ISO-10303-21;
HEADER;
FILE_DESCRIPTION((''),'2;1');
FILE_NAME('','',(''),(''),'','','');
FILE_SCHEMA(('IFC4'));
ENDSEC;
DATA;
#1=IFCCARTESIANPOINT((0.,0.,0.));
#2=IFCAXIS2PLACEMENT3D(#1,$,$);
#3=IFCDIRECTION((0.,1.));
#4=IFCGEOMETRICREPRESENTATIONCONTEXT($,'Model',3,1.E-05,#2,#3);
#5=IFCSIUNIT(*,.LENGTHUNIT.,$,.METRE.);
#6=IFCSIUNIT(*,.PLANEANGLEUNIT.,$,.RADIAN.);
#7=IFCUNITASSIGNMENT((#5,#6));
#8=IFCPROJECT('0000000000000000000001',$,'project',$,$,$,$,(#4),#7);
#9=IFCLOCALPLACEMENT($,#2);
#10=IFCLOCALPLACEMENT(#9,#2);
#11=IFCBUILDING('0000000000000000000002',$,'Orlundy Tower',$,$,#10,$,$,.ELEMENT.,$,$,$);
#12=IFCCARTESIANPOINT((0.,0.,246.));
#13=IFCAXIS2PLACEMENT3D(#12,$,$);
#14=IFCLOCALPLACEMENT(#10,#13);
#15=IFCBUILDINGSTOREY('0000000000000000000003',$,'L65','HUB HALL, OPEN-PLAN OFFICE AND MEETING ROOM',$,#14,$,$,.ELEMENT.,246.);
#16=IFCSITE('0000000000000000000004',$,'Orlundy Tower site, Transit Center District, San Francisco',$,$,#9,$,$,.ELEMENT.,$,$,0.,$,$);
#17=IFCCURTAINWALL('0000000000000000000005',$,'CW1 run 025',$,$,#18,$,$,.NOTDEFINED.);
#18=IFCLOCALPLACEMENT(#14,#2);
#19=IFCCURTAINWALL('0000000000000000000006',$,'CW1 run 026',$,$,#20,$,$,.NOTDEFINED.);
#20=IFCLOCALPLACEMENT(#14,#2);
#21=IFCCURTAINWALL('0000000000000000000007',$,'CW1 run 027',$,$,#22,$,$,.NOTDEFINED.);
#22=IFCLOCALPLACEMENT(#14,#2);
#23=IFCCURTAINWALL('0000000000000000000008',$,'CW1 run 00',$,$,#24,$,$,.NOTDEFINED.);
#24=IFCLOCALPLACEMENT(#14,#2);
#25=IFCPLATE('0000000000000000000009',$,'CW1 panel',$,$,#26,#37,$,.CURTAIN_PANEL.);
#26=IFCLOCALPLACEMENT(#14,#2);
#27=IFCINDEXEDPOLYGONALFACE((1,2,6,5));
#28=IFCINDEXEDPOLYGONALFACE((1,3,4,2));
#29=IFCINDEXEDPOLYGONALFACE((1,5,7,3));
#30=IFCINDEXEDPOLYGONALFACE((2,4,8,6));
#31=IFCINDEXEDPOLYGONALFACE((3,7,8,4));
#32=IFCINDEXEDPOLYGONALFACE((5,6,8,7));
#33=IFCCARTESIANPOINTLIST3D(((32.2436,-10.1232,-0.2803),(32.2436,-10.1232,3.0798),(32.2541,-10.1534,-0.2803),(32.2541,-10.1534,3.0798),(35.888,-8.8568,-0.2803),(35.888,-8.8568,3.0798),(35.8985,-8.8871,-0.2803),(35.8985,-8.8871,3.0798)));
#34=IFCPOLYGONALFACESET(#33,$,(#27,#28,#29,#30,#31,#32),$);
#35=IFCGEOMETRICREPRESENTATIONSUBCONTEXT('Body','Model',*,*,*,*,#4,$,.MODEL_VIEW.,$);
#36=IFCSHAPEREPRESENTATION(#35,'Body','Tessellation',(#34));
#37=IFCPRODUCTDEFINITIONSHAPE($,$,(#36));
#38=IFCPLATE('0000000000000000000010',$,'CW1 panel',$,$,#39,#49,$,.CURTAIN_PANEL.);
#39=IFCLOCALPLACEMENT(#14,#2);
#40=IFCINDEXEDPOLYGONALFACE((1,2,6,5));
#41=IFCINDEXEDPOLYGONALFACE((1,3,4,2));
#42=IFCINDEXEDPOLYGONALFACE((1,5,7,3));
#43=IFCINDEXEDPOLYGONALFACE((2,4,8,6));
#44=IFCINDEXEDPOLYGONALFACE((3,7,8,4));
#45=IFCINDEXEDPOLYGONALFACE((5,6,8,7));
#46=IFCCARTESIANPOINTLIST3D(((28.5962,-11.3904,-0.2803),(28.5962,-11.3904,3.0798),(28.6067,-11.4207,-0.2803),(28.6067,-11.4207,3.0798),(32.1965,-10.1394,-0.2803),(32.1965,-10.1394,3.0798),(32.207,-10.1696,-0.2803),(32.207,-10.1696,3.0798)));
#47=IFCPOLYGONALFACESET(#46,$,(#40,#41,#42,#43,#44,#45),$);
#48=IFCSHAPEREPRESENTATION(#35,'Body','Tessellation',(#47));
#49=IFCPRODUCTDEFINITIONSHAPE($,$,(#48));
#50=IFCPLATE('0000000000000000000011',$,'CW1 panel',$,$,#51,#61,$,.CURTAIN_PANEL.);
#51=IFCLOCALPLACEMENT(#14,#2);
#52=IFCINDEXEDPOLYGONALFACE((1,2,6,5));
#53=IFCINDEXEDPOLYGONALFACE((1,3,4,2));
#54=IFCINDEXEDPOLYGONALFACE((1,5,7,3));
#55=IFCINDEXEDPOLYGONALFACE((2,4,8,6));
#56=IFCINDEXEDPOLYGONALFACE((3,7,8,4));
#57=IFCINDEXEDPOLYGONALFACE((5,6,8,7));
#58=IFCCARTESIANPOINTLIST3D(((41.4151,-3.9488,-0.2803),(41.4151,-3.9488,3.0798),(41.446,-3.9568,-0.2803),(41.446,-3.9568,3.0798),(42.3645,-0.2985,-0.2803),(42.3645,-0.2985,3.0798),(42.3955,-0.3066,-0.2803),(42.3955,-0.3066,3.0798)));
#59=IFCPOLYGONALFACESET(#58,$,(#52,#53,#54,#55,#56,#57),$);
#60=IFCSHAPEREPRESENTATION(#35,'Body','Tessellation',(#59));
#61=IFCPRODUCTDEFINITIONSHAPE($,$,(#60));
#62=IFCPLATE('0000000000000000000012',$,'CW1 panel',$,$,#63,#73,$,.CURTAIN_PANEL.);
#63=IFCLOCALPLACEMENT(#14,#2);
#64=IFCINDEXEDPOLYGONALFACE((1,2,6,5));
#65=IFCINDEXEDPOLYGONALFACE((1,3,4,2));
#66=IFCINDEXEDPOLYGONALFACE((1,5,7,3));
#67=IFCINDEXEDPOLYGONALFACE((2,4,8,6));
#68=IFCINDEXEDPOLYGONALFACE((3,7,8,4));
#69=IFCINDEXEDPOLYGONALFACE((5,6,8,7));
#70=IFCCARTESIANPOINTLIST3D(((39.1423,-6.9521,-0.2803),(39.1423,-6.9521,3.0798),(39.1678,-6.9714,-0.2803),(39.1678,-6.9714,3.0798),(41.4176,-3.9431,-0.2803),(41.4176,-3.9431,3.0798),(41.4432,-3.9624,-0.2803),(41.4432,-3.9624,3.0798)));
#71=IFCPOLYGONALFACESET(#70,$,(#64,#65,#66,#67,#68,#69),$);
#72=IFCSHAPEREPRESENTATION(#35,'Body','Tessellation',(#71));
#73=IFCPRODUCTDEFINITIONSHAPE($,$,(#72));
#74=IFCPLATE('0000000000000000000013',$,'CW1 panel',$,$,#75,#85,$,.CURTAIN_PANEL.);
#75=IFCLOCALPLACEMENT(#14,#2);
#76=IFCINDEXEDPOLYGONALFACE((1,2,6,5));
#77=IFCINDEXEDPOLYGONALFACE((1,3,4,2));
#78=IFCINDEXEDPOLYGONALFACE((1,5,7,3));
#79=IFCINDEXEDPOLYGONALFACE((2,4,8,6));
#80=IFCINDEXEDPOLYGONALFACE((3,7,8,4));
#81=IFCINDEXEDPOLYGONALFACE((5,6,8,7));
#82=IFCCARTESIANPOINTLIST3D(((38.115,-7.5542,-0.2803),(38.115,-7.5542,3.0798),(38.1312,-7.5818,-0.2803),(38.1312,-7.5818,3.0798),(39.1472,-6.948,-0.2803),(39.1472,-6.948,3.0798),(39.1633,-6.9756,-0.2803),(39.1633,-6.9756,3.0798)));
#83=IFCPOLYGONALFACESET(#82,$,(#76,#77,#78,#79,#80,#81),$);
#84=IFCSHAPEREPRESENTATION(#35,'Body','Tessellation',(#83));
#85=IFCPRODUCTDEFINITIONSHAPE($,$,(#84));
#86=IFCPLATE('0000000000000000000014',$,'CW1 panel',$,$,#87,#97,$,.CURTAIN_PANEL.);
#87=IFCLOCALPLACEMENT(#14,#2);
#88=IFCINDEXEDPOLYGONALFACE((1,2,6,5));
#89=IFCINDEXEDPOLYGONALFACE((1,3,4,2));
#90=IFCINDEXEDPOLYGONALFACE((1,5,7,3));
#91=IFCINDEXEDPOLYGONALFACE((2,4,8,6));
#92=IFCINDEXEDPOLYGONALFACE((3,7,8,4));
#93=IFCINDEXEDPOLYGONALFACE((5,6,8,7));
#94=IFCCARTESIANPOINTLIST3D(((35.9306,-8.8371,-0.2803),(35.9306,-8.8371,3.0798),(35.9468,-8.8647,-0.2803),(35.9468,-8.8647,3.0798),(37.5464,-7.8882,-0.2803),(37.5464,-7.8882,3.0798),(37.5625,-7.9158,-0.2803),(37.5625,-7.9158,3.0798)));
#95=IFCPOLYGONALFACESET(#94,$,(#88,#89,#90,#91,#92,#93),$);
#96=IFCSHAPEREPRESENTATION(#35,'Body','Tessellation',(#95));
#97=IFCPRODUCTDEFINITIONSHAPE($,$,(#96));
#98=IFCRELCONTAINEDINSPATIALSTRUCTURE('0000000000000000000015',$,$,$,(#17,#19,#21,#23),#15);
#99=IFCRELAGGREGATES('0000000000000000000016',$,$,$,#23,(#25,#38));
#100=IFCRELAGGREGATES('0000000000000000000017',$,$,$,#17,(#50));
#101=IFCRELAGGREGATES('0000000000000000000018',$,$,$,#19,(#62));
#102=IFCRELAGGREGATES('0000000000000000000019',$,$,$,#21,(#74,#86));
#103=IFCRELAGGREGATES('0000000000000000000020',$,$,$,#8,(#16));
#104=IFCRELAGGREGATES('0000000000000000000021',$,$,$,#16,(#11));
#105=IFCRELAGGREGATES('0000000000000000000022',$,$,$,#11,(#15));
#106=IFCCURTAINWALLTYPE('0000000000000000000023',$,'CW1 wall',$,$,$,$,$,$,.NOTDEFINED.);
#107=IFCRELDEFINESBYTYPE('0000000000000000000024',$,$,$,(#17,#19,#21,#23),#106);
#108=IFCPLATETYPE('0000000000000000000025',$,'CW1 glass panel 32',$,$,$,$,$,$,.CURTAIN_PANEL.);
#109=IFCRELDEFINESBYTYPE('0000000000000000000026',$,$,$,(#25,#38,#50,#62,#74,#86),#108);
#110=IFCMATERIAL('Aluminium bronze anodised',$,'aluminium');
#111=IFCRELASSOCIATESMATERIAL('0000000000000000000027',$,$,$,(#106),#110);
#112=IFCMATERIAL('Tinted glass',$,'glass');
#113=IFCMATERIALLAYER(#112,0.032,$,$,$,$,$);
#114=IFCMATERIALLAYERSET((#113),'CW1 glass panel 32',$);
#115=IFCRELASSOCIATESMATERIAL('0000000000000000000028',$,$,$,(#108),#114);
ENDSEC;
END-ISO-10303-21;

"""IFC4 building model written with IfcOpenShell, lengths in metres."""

from ifc_helpers import new_model, si_unit, direction, frame, origin, origin_2d, place, context, subcontext, project, spatial, rectangle, extrude, material, layer, layer_set, type_object, element, aggregate, save


model = new_model("IFC4")

# Units and contexts
model_context = context("Model", 3, precision=1e-05, world=origin(), true_north=direction((0.0, 1.0)))
body_context = subcontext(model_context, "Body", "Model", "MODEL_VIEW")
ifc_project = project(units=[si_unit("LENGTHUNIT", "METRE"), si_unit("PLANEANGLEUNIT", "RADIAN")], contexts=[model_context])

# Site, building, storey
site_placement = place(None, origin())
site = spatial("IfcSite", under=ifc_project, at=site_placement, Name="Orlundy Tower site, Transit Center District, San Francisco", CompositionType="ELEMENT", RefElevation=0.0)
building_placement = place(site_placement, origin())
building = spatial("IfcBuilding", under=site, at=building_placement, Name="Orlundy Tower", CompositionType="ELEMENT")
storey_placement = place(building_placement, frame((0.0, 0.0, 246.0)))
storey = spatial("IfcBuildingStorey", under=building, at=storey_placement, Name="L65", Description="HUB HALL, OPEN-PLAN OFFICE AND MEETING ROOM", CompositionType="ELEMENT", Elevation=246.0)

# Curtain walls
ifc_material_1 = material(Name="Aluminium bronze anodised", Category="aluminium")
curtain_wall_type = type_object("IfcCurtainWallType", Name="CW1 wall", PredefinedType="NOTDEFINED", material=ifc_material_1)
curtain_wall_1_placement = place(storey_placement, origin())
curtain_wall_1 = element("IfcCurtainWall", 1, at=curtain_wall_1_placement, inside=storey, type_object=curtain_wall_type, Name="CW1 run 025", PredefinedType="NOTDEFINED")
curtain_wall_2_placement = place(storey_placement, origin())
curtain_wall_2 = element("IfcCurtainWall", 2, at=curtain_wall_2_placement, inside=storey, type_object=curtain_wall_type, Name="CW1 run 026", PredefinedType="NOTDEFINED")
curtain_wall_3_placement = place(storey_placement, origin())
curtain_wall_3 = element("IfcCurtainWall", 3, at=curtain_wall_3_placement, inside=storey, type_object=curtain_wall_type, Name="CW1 run 027", PredefinedType="NOTDEFINED")

# Curtain wall
curtain_wall_4_placement = place(storey_placement, origin())
curtain_wall_4 = element("IfcCurtainWall", 4, at=curtain_wall_4_placement, inside=storey, type_object=curtain_wall_type, Name="CW1 run 00", PredefinedType="NOTDEFINED")

# Plates
ifc_material_2 = material(Name="Tinted glass", Category="glass")
ifc_layer = layer(ifc_material_2, 0.032)
ifc_layer_set = layer_set([ifc_layer], Name="CW1 glass panel 32")
plate_type = type_object("IfcPlateType", Name="CW1 glass panel 32", PredefinedType="CURTAIN_PANEL", material=ifc_layer_set)
plate_1_placement = place(storey_placement, frame((34.071, -9.5051, -0.2803), z_axis=(0.0, 0.0, 1.0), x_axis=(-0.944599, -0.328227, 0.0)))
plate_1 = element("IfcPlate", 5, at=plate_1_placement, type_object=plate_type, Name="CW1 panel", PredefinedType="CURTAIN_PANEL", context=body_context, shape_type="SweptSolid", body=[
    extrude(rectangle(XDim=3.8582, YDim=0.032, at=origin_2d()), origin(), (0.0, 0.0, 1.0), 3.3601),
])
plate_2_placement = place(storey_placement, frame((30.4016, -10.78, -0.2803), z_axis=(0.0, 0.0, 1.0), x_axis=(-0.944599, -0.328227, 0.0)))
plate_2 = element("IfcPlate", 6, at=plate_2_placement, type_object=plate_type, Name="CW1 panel", PredefinedType="CURTAIN_PANEL", context=body_context, shape_type="SweptSolid", body=[
    extrude(rectangle(XDim=3.8115, YDim=0.032, at=origin_2d()), origin(), (0.0, 0.0, 1.0), 3.3601),
])
aggregate(curtain_wall_4, [plate_1, plate_2])
plate_3_placement = place(storey_placement, frame((41.9053, -2.1277, -0.2803), z_axis=(0.0, 0.0, 1.0), x_axis=(-0.25173, -0.967798, 0.0)))
plate_3 = element("IfcPlate", 7, at=plate_3_placement, type_object=plate_type, Name="CW1 panel", PredefinedType="CURTAIN_PANEL", context=body_context, shape_type="SweptSolid", body=[
    extrude(rectangle(XDim=3.7717, YDim=0.032, at=origin_2d()), origin(), (0.0, 0.0, 1.0), 3.3601),
])
aggregate(curtain_wall_1, [plate_3])
plate_4_placement = place(storey_placement, frame((40.2927, -5.4573, -0.2803), z_axis=(0.0, 0.0, 1.0), x_axis=(-0.603146, -0.797631, 0.0)))
plate_4 = element("IfcPlate", 8, at=plate_4_placement, type_object=plate_type, Name="CW1 panel", PredefinedType="CURTAIN_PANEL", context=body_context, shape_type="SweptSolid", body=[
    extrude(rectangle(XDim=3.7725, YDim=0.032, at=origin_2d()), origin(), (0.0, 0.0, 1.0), 3.3601),
])
aggregate(curtain_wall_2, [plate_4])
plate_5_placement = place(storey_placement, frame((38.6392, -7.2649, -0.2803), z_axis=(0.0, 0.0, 1.0), x_axis=(-0.862288, -0.506419, 0.0)))
plate_5 = element("IfcPlate", 9, at=plate_5_placement, type_object=plate_type, Name="CW1 panel", PredefinedType="CURTAIN_PANEL", context=body_context, shape_type="SweptSolid", body=[
    extrude(rectangle(XDim=1.197, YDim=0.032, at=origin_2d()), origin(), (0.0, 0.0, 1.0), 3.3601),
])
plate_6_placement = place(storey_placement, frame((36.7466, -8.3765, -0.2803), z_axis=(0.0, 0.0, 1.0), x_axis=(-0.862288, -0.506419, 0.0)))
plate_6 = element("IfcPlate", 10, at=plate_6_placement, type_object=plate_type, Name="CW1 panel", PredefinedType="CURTAIN_PANEL", context=body_context, shape_type="SweptSolid", body=[
    extrude(rectangle(XDim=1.8738, YDim=0.032, at=origin_2d()), origin(), (0.0, 0.0, 1.0), 3.3601),
])
aggregate(curtain_wall_3, [plate_5, plate_6])

save(model, "model.ifc")
